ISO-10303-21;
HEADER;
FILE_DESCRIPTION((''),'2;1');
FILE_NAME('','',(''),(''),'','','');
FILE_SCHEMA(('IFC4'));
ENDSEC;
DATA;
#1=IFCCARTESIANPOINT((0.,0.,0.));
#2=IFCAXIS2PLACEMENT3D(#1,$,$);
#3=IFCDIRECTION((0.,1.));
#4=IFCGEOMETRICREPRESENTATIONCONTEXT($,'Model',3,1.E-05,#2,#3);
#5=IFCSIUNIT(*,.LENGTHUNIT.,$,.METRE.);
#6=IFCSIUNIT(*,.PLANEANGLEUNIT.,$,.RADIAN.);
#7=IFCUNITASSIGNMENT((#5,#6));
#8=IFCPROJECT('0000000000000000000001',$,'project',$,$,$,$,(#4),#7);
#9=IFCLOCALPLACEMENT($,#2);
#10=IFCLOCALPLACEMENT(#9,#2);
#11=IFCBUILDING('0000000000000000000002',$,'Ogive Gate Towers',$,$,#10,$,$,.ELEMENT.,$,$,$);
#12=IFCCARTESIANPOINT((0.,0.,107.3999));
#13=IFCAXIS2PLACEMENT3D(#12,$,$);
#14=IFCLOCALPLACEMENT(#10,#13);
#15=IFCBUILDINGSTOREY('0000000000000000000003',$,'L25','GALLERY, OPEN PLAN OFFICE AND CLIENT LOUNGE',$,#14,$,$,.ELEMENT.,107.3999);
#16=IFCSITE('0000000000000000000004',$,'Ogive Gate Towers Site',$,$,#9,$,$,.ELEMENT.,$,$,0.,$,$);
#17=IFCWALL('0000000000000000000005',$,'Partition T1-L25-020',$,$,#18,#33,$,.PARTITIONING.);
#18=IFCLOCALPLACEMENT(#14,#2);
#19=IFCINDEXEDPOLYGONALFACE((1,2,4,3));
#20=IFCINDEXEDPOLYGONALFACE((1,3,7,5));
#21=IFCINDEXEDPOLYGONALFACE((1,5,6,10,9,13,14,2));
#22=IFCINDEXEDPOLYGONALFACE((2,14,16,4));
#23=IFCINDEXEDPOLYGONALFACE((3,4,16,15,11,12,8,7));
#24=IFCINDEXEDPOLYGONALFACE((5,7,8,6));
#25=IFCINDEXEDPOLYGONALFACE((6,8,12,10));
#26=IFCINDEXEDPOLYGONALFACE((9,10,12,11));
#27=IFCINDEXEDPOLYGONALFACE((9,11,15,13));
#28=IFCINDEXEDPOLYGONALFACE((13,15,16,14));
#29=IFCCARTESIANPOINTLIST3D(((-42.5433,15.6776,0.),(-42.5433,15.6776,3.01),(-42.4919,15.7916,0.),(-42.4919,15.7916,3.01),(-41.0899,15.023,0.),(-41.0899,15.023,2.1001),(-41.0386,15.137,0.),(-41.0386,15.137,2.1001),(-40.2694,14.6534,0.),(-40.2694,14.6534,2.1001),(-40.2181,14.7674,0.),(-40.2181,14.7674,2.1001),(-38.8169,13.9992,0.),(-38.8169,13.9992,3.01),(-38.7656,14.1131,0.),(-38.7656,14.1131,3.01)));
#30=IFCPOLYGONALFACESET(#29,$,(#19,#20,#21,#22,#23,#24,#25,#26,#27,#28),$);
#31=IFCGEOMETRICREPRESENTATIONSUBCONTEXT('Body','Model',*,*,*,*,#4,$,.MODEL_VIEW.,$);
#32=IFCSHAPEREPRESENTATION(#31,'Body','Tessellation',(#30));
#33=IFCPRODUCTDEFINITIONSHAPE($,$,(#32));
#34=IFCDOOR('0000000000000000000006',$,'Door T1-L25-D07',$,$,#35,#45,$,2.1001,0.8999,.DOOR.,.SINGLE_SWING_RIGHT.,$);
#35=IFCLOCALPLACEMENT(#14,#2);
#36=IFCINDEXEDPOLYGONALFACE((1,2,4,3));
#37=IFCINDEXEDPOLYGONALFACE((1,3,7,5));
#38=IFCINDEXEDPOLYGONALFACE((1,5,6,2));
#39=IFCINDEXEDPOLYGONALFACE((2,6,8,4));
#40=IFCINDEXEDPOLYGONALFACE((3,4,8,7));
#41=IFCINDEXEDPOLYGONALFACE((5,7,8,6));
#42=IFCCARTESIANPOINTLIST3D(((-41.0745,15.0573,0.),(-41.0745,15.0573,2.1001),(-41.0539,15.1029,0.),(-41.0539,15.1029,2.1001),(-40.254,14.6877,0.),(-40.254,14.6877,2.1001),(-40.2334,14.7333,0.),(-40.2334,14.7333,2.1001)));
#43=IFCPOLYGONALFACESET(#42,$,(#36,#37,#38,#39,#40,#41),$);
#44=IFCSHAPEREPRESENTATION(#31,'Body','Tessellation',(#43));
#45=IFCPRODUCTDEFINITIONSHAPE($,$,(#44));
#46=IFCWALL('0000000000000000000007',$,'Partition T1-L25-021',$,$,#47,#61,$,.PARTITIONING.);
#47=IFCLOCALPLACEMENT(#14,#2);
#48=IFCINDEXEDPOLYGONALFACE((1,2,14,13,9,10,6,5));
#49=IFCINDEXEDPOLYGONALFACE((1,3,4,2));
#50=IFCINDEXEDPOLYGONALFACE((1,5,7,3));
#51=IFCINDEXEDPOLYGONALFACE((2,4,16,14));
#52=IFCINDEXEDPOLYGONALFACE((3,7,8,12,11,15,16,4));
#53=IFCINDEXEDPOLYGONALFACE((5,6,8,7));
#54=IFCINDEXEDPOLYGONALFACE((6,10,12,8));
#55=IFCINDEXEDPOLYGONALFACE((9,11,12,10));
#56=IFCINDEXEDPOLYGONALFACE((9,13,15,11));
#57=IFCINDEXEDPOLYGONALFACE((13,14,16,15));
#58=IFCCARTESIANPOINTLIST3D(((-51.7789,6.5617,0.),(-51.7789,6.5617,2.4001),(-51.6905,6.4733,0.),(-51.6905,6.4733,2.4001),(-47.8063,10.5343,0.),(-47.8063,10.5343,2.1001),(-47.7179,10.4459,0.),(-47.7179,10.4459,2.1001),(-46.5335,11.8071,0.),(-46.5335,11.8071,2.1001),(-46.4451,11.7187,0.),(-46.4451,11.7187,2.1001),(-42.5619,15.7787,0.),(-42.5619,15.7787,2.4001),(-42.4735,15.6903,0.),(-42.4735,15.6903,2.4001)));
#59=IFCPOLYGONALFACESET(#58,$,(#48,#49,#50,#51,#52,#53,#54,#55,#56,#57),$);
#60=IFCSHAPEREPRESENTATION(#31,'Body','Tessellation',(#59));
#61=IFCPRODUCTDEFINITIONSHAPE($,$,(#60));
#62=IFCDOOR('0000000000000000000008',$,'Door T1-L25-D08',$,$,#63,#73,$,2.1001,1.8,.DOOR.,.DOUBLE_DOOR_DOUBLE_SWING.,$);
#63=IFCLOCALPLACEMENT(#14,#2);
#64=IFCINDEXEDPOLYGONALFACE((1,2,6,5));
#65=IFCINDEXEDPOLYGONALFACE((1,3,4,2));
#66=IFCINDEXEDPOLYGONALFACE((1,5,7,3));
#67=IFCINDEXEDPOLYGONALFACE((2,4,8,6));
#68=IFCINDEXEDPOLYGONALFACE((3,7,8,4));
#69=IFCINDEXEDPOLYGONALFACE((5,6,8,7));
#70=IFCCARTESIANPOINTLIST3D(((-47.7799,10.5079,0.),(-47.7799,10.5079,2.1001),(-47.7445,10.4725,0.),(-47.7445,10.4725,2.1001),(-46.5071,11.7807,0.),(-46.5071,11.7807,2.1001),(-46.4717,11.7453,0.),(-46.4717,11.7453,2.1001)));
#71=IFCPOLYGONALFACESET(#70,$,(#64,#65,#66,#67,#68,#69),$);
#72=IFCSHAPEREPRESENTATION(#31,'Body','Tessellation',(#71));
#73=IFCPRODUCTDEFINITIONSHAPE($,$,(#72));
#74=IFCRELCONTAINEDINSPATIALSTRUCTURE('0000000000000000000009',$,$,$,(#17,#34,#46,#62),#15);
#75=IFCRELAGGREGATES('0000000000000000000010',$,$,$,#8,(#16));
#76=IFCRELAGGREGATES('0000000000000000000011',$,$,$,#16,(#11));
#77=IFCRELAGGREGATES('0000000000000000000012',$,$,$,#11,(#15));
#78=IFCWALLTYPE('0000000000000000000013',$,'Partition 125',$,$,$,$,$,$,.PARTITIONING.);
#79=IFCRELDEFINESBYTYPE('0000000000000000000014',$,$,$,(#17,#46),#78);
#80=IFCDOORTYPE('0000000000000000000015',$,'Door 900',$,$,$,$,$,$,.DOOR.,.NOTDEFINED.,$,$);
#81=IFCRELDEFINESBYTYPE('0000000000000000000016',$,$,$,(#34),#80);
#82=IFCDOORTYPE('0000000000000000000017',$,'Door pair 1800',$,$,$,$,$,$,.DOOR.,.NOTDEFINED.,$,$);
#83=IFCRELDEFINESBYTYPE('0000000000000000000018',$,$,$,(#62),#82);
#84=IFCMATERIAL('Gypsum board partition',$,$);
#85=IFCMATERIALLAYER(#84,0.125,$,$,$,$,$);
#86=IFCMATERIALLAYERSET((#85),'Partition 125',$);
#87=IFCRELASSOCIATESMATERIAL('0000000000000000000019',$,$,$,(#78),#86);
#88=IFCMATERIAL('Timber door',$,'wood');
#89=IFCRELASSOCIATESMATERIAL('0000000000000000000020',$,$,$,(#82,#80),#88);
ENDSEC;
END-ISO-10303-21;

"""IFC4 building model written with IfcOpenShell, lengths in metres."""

from ifc_helpers import new_model, si_unit, direction, frame, frame_2d, origin, place, context, subcontext, project, spatial, rectangle, extrude, material, layer, layer_set, type_object, element, fill, save


model = new_model("IFC4")

# Units and contexts
model_context = context("Model", 3, precision=1e-05, world=origin(), true_north=direction((0.0, 1.0)))
body_context = subcontext(model_context, "Body", "Model", "MODEL_VIEW")
ifc_project = project(units=[si_unit("LENGTHUNIT", "METRE"), si_unit("PLANEANGLEUNIT", "RADIAN")], contexts=[model_context])

# Site, building, storey
site_placement = place(None, origin())
site = spatial("IfcSite", under=ifc_project, at=site_placement, Name="Ogive Gate Towers Site", CompositionType="ELEMENT", RefElevation=0.0)
building_placement = place(site_placement, origin())
building = spatial("IfcBuilding", under=site, at=building_placement, Name="Ogive Gate Towers", CompositionType="ELEMENT")
storey_placement = place(building_placement, frame((0.0, 0.0, 107.3999)))
storey = spatial("IfcBuildingStorey", under=building, at=storey_placement, Name="L25", Description="GALLERY, OPEN PLAN OFFICE AND CLIENT LOUNGE", CompositionType="ELEMENT", Elevation=107.3999)

# Shared definitions
ifc_material_1 = material(Name="Timber door", Category="wood")

# Walls, openings, doors
ifc_material_2 = material(Name="Gypsum board partition")
ifc_layer_1 = layer(ifc_material_2, 0.125)
ifc_layer_set_1 = layer_set([ifc_layer_1], Name="Partition 125")
wall_type_1 = type_object("IfcWallType", Name="Partition 125", PredefinedType="PARTITIONING", material=ifc_layer_set_1)
door_type_1 = type_object("IfcDoorType", Name="Door pair 1800", OperationType="NOTDEFINED", PredefinedType="DOOR", material=ifc_material_1)
wall_1_placement = place(storey_placement, frame((-38.7913, 14.0562, 0.0), z_axis=(0.0, 0.0, 1.0), x_axis=(-0.911773, 0.410695, 0.0)))
wall_1 = element("IfcWall", 1, at=wall_1_placement, inside=storey, type_object=wall_type_1, Name="Partition T1-L25-020", PredefinedType="PARTITIONING", context=body_context, shape_type="SweptSolid", body=[
    extrude(rectangle(XDim=4.0869, YDim=0.125, at=frame_2d((2.0435, 0.0))), origin(), (0.0, 0.0, 1.0), 3.01),
])
opening_1_placement = place(wall_1_placement, frame((1.593, 0.0, 0.0)))
opening_1 = element("IfcOpeningElement", 2, at=opening_1_placement, cuts=wall_1, PredefinedType="OPENING", context=body_context, shape_type="SweptSolid", body=[
    extrude(rectangle(XDim=0.8999, YDim=2.1001, at=frame_2d((0.45, 1.05))), frame((0.0, 0.0725, 0.0), z_axis=(0.0, -1.0, 0.0), x_axis=(1.0, 0.0, 0.0)), (0.0, 0.0, 1.0), 0.145),
])
door_type_2 = type_object("IfcDoorType", Name="Door 900", OperationType="NOTDEFINED", PredefinedType="DOOR", material=ifc_material_1)
door_1_placement = place(opening_1_placement, origin())
door_1 = element("IfcDoor", 3, at=door_1_placement, inside=storey, type_object=door_type_2, Name="Door T1-L25-D07", OperationType="SINGLE_SWING_RIGHT", OverallHeight=2.1001, OverallWidth=0.8999, PredefinedType="DOOR", context=body_context, shape_type="SweptSolid", body=[
    extrude(rectangle(XDim=0.8999, YDim=2.1001, at=frame_2d((0.45, 1.05))), frame((0.0, 0.0249, 0.0), z_axis=(0.0, -1.0, 0.0), x_axis=(1.0, 0.0, 0.0)), (0.0, 0.0, 1.0), 0.05),
])
fill(opening_1, door_1)
wall_2_placement = place(storey_placement, frame((-42.5176, 15.7346, 0.0), z_axis=(0.0, 0.0, 1.0), x_axis=(-0.707107, -0.707107, 0.0)))
wall_2 = element("IfcWall", 4, at=wall_2_placement, inside=storey, type_object=wall_type_1, Name="Partition T1-L25-021", PredefinedType="PARTITIONING", context=body_context, shape_type="SweptSolid", body=[
    extrude(rectangle(XDim=13.0349, YDim=0.125, at=frame_2d((6.5176, 0.0))), origin(), (0.0, 0.0, 1.0), 2.4001),
])
opening_2_placement = place(wall_2_placement, frame((5.6169, 0.0, 0.0)))
opening_2 = element("IfcOpeningElement", 5, at=opening_2_placement, cuts=wall_2, PredefinedType="OPENING", context=body_context, shape_type="SweptSolid", body=[
    extrude(rectangle(XDim=1.8, YDim=2.1001, at=frame_2d((0.8999, 1.05))), frame((0.0, 0.0725, 0.0), z_axis=(0.0, -1.0, 0.0), x_axis=(1.0, 0.0, 0.0)), (0.0, 0.0, 1.0), 0.145),
])
door_2_placement = place(opening_2_placement, origin())
door_2 = element("IfcDoor", 6, at=door_2_placement, inside=storey, type_object=door_type_1, Name="Door T1-L25-D08", OperationType="DOUBLE_DOOR_DOUBLE_SWING", OverallHeight=2.1001, OverallWidth=1.8, PredefinedType="DOOR", context=body_context, shape_type="SweptSolid", body=[
    extrude(rectangle(XDim=1.8, YDim=2.1001, at=frame_2d((0.8999, 1.05))), frame((0.0, 0.0249, 0.0), z_axis=(0.0, -1.0, 0.0), x_axis=(1.0, 0.0, 0.0)), (0.0, 0.0, 1.0), 0.05),
])
fill(opening_2, door_2)

save(model, "model.ifc")
